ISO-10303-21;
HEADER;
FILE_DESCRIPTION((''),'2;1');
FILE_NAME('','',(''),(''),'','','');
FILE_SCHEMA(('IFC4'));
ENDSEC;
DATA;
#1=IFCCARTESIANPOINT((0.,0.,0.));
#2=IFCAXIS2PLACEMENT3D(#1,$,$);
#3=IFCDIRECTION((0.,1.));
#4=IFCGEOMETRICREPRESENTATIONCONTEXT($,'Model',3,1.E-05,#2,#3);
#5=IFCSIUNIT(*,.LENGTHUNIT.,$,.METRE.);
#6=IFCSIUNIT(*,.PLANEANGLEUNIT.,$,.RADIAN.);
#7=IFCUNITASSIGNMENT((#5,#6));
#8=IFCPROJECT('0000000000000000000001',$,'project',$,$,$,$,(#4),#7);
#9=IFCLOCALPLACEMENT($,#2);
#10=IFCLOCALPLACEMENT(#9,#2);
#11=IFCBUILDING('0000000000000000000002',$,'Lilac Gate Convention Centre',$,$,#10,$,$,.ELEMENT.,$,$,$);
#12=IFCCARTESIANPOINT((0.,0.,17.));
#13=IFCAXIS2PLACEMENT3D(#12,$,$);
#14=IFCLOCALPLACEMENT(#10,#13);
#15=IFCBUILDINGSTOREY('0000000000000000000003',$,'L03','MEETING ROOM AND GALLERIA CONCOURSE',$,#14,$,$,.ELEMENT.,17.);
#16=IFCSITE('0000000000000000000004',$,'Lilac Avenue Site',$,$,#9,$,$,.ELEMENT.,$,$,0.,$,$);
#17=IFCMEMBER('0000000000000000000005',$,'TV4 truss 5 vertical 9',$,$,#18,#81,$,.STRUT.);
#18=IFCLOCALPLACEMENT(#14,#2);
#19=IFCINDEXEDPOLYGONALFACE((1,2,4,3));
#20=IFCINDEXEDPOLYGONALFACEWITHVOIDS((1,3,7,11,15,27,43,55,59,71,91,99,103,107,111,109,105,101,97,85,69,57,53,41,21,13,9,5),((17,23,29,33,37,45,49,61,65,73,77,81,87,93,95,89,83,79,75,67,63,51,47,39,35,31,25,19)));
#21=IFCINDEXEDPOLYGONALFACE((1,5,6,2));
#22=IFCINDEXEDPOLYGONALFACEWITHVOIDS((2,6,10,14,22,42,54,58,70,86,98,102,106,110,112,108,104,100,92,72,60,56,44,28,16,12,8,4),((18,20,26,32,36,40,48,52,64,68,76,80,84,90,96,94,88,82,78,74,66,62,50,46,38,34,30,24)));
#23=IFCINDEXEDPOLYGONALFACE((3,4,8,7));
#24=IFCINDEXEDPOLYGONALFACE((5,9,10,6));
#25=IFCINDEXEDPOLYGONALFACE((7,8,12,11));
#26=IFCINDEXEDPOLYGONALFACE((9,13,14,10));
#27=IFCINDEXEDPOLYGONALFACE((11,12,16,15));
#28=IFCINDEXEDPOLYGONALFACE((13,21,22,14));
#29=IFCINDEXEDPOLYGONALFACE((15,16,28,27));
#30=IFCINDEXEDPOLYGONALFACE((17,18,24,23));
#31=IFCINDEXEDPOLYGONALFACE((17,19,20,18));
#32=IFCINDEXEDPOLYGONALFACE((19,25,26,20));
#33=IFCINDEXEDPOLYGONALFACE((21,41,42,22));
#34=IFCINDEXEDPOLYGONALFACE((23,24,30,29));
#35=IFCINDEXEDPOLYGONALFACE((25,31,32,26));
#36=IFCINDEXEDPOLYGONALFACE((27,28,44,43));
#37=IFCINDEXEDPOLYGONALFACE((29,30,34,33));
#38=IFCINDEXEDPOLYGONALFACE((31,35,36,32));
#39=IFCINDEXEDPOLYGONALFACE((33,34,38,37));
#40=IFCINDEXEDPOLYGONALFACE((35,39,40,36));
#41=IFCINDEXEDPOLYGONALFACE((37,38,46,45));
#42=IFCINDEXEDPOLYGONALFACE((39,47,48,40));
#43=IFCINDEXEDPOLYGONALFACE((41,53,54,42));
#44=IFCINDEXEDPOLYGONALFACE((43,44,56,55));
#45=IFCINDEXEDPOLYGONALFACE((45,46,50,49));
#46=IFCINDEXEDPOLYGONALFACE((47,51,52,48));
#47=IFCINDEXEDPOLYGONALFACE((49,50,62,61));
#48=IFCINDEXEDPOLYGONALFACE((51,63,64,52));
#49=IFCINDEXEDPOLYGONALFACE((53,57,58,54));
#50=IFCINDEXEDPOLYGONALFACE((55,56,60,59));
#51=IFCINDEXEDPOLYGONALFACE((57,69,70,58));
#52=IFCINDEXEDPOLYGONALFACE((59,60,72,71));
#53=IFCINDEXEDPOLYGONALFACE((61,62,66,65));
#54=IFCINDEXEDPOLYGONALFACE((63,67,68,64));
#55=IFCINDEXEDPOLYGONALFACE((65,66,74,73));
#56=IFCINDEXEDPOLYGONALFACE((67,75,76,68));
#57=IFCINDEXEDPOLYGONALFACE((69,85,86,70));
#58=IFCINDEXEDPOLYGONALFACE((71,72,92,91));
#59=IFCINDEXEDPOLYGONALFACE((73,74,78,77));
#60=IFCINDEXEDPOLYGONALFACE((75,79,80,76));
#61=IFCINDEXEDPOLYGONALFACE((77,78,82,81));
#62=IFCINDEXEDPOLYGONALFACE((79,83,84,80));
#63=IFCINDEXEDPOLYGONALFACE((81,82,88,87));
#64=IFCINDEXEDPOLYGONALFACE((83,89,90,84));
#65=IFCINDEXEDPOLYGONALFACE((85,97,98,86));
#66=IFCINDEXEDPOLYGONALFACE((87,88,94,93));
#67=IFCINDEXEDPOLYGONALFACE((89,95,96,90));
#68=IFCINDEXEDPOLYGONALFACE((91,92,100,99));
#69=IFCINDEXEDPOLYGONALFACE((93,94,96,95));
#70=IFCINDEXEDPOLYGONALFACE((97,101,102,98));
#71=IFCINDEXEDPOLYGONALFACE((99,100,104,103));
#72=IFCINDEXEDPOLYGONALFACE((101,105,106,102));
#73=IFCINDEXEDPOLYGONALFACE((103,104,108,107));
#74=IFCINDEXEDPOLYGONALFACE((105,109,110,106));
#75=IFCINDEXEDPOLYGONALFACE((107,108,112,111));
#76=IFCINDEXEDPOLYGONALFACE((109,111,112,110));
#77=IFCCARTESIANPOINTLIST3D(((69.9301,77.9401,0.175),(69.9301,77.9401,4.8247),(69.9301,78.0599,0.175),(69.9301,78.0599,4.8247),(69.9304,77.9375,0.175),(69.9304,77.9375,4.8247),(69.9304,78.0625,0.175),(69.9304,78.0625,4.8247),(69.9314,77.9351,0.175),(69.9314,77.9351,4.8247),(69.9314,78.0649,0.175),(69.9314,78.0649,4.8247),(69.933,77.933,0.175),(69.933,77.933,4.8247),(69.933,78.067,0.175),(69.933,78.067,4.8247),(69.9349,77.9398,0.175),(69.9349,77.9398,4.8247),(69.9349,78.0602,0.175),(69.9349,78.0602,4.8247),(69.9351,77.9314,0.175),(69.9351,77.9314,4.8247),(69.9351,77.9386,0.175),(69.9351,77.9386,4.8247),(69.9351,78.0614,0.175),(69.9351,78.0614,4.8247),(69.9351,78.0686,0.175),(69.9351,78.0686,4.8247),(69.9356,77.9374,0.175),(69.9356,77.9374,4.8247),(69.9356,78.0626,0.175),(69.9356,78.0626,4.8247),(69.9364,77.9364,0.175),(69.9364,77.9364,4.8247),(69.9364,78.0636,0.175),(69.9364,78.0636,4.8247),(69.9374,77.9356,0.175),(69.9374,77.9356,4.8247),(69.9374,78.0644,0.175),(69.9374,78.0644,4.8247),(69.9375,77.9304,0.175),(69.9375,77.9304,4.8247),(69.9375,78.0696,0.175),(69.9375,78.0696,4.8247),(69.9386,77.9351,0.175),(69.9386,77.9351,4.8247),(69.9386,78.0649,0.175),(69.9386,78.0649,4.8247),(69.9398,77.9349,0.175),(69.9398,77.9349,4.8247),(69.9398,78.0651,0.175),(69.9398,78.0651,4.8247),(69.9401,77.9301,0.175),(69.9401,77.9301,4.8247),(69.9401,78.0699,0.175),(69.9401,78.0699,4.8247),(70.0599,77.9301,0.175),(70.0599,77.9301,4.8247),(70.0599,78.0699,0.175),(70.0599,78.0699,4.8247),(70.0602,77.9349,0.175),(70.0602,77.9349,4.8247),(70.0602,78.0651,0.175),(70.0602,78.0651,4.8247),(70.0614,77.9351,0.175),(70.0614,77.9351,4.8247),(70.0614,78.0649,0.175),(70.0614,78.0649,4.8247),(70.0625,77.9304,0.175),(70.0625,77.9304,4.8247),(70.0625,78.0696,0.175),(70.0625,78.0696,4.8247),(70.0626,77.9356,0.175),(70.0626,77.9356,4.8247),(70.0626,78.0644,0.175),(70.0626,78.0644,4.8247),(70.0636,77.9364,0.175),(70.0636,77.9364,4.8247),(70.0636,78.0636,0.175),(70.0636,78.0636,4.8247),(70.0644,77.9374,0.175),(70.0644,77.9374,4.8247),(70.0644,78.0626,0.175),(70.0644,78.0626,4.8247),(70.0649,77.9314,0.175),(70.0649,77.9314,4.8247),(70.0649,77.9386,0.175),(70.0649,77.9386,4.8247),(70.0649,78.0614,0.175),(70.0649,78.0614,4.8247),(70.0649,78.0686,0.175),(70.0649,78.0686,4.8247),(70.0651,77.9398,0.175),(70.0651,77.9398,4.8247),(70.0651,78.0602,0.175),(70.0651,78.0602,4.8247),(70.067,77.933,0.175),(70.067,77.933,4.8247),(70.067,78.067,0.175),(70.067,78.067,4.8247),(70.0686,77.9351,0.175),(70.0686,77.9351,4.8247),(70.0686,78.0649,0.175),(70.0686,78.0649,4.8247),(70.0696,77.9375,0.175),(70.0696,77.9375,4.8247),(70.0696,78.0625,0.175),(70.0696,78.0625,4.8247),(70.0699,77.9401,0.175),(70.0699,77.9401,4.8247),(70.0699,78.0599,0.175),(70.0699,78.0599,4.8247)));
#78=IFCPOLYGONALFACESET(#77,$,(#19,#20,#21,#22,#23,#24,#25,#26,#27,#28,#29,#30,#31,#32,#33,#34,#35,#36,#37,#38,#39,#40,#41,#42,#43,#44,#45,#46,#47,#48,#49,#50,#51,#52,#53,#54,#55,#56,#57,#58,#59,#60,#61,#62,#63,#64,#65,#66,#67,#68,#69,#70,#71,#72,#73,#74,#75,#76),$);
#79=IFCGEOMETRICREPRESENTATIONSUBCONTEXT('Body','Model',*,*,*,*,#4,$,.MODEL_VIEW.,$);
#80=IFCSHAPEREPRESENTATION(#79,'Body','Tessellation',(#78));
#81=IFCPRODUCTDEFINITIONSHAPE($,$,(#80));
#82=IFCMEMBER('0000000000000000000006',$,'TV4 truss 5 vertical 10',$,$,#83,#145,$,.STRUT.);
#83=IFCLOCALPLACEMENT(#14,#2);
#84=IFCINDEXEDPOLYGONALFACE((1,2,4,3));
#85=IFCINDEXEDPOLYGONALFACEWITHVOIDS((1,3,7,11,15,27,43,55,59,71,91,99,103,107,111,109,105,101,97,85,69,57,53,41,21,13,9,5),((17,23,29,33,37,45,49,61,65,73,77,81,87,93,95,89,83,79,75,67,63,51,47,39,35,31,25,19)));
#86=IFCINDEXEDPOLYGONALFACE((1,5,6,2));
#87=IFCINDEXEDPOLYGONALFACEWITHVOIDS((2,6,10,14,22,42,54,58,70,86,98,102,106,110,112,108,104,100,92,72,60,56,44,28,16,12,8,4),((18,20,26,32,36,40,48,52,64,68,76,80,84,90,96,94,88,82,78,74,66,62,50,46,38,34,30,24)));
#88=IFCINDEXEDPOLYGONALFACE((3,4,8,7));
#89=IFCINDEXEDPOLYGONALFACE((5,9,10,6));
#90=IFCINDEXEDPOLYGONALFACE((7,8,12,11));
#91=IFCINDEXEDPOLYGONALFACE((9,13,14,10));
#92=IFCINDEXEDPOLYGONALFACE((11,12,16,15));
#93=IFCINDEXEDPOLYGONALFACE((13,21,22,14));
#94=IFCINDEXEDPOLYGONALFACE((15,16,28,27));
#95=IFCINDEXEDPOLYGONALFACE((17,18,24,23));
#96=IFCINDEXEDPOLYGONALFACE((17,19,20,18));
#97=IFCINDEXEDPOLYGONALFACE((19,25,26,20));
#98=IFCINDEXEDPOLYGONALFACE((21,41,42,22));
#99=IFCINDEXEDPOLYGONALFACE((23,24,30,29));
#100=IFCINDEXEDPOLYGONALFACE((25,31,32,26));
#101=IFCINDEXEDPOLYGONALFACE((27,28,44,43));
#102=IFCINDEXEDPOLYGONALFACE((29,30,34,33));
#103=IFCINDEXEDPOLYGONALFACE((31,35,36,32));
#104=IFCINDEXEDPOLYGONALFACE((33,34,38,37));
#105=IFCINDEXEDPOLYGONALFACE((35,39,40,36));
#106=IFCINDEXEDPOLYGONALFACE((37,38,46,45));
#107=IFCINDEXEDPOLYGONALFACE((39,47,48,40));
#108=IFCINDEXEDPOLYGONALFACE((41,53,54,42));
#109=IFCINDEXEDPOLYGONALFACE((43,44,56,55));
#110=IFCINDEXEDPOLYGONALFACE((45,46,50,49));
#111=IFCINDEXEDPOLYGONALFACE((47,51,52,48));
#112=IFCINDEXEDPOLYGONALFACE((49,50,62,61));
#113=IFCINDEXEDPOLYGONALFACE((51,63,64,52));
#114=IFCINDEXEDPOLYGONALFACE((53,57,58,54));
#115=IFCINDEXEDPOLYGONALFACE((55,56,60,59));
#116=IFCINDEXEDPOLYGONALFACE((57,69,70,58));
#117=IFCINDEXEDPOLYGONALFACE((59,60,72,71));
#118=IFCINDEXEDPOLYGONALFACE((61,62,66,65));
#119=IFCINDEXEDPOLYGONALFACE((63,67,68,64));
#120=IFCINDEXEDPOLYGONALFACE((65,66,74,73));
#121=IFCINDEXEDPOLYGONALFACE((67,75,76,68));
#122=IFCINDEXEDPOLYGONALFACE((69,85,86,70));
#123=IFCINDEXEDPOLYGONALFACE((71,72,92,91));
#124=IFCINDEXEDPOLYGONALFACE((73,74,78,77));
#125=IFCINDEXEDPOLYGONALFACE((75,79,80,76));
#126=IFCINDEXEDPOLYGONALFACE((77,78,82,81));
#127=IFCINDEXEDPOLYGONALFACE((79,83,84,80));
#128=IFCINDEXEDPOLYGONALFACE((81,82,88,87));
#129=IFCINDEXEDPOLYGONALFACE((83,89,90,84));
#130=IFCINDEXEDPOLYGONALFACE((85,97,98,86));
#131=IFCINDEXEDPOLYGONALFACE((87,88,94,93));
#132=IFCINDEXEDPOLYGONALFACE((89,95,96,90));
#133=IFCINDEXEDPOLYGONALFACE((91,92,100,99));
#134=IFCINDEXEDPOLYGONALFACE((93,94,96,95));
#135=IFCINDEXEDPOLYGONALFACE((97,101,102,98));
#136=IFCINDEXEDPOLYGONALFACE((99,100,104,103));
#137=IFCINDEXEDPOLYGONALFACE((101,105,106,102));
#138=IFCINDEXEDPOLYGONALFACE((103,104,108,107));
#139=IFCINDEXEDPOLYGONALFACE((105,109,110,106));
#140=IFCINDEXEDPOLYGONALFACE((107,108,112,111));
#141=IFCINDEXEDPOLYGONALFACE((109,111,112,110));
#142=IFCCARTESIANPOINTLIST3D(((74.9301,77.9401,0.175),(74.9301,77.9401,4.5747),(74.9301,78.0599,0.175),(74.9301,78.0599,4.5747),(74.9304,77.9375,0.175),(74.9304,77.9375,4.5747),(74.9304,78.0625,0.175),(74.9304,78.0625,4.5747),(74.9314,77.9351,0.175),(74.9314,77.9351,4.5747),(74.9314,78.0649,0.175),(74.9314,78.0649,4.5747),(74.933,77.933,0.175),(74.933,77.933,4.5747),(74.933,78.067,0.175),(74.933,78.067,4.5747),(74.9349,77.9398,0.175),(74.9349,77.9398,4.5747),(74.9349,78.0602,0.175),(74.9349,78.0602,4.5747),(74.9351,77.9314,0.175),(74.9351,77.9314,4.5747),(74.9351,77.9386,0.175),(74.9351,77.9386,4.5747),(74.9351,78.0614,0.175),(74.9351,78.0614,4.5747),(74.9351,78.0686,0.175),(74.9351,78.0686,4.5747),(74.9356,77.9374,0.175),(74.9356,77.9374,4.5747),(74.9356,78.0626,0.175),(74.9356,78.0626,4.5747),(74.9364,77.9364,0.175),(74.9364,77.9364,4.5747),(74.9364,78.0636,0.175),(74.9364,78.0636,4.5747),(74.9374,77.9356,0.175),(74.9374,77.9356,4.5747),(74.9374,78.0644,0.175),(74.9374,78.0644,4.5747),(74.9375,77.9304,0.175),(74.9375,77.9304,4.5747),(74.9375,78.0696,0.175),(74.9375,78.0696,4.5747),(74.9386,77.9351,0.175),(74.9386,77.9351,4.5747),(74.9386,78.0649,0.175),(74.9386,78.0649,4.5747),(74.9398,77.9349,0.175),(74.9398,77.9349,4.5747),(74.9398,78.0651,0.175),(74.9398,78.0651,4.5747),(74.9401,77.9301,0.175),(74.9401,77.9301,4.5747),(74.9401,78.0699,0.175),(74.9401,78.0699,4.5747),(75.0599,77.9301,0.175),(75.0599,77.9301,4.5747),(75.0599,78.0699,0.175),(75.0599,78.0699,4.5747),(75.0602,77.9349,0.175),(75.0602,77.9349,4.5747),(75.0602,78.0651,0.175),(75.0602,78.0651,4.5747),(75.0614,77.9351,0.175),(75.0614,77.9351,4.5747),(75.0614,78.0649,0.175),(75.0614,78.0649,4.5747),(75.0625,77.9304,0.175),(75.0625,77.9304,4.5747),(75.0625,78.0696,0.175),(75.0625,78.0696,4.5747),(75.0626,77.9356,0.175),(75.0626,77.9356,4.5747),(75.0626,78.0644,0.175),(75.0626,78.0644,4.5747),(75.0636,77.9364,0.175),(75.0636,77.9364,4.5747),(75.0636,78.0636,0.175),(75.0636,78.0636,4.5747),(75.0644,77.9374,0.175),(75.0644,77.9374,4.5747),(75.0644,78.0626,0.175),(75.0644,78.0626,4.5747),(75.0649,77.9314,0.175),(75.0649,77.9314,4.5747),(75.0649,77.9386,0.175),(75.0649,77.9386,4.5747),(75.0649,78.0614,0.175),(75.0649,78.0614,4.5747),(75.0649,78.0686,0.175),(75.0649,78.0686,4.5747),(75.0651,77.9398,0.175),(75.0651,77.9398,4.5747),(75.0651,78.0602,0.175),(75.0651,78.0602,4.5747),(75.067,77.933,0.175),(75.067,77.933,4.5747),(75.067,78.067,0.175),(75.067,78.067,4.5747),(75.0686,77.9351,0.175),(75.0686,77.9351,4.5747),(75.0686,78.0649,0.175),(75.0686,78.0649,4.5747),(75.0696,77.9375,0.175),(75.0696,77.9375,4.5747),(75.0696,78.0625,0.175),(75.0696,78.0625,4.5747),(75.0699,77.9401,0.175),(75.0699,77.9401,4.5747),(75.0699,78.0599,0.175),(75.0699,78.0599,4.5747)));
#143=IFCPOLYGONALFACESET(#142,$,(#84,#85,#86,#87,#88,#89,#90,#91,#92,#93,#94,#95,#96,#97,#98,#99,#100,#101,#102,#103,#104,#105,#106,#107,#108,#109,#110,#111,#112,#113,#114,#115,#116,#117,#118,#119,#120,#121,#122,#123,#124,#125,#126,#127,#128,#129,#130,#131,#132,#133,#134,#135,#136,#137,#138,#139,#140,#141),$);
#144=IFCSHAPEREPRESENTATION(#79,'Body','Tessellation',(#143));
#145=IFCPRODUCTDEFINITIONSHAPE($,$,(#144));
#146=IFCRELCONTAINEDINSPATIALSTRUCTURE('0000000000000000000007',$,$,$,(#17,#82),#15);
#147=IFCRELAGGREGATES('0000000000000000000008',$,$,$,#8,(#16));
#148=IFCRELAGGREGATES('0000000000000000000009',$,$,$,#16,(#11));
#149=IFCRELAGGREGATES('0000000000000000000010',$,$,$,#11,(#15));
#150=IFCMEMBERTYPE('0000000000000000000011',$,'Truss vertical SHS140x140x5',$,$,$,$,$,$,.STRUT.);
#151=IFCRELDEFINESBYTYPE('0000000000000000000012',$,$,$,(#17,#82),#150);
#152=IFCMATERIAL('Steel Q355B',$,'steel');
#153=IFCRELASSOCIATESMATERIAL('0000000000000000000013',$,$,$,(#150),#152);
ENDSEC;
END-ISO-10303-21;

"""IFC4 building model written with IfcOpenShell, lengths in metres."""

from ifc_helpers import new_model, si_unit, direction, frame, origin, origin_2d, place, context, subcontext, project, spatial, hollow_rectangle, extrude, material, material_profile, profile_set, type_object, element, save


model = new_model("IFC4")

# Units and contexts
model_context = context("Model", 3, precision=1e-05, world=origin(), true_north=direction((0.0, 1.0)))
body_context = subcontext(model_context, "Body", "Model", "MODEL_VIEW")
ifc_project = project(units=[si_unit("LENGTHUNIT", "METRE"), si_unit("PLANEANGLEUNIT", "RADIAN")], contexts=[model_context])

# Site, building, storey
site_placement = place(None, origin())
site = spatial("IfcSite", under=ifc_project, at=site_placement, Name="Lilac Avenue Site", CompositionType="ELEMENT", RefElevation=0.0)
building_placement = place(site_placement, origin())
building = spatial("IfcBuilding", under=site, at=building_placement, Name="Lilac Gate Convention Centre", CompositionType="ELEMENT")
storey_placement = place(building_placement, frame((0.0, 0.0, 17.0)))
storey = spatial("IfcBuildingStorey", under=building, at=storey_placement, Name="L03", Description="MEETING ROOM AND GALLERIA CONCOURSE", CompositionType="ELEMENT", Elevation=17.0)

# Members
ifc_material = material(Name="Steel Q355B", Category="steel")
ifc_material_profile_1 = material_profile(ifc_material, hollow_rectangle(XDim=0.1399, YDim=0.1399, WallThickness=0.0049, InnerFilletRadius=0.0049, OuterFilletRadius=0.01, at=origin_2d()), Name="SHS140x140x5")
ifc_profile_set_1 = profile_set([ifc_material_profile_1], Name="Steel Q355B")
member_type_1 = type_object("IfcMemberType", Name="Truss vertical SHS140x140x5", PredefinedType="STRUT", material=ifc_profile_set_1)
member_1_placement = place(storey_placement, frame((70.0, 78.0, 0.175), z_axis=(0.0, 0.0, 1.0), x_axis=(1.0, 0.0, 0.0)))
element("IfcMember", 1, at=member_1_placement, inside=storey, type_object=member_type_1, Name="TV4 truss 5 vertical 9", PredefinedType="STRUT", context=body_context, shape_type="SweptSolid", body=[
    extrude(hollow_rectangle(XDim=0.1399, YDim=0.1399, WallThickness=0.0049, InnerFilletRadius=0.0049, OuterFilletRadius=0.01, at=origin_2d()), origin(), (0.0, 0.0, 1.0), 4.6497),
])
member_2_placement = place(storey_placement, frame((75.0, 78.0, 0.175), z_axis=(0.0, 0.0, 1.0), x_axis=(1.0, 0.0, 0.0)))
element("IfcMember", 2, at=member_2_placement, inside=storey, type_object=member_type_1, Name="TV4 truss 5 vertical 10", PredefinedType="STRUT", context=body_context, shape_type="SweptSolid", body=[
    extrude(hollow_rectangle(XDim=0.1399, YDim=0.1399, WallThickness=0.0049, InnerFilletRadius=0.0049, OuterFilletRadius=0.01, at=origin_2d()), origin(), (0.0, 0.0, 1.0), 4.3997),
])

save(model, "model.ifc")
